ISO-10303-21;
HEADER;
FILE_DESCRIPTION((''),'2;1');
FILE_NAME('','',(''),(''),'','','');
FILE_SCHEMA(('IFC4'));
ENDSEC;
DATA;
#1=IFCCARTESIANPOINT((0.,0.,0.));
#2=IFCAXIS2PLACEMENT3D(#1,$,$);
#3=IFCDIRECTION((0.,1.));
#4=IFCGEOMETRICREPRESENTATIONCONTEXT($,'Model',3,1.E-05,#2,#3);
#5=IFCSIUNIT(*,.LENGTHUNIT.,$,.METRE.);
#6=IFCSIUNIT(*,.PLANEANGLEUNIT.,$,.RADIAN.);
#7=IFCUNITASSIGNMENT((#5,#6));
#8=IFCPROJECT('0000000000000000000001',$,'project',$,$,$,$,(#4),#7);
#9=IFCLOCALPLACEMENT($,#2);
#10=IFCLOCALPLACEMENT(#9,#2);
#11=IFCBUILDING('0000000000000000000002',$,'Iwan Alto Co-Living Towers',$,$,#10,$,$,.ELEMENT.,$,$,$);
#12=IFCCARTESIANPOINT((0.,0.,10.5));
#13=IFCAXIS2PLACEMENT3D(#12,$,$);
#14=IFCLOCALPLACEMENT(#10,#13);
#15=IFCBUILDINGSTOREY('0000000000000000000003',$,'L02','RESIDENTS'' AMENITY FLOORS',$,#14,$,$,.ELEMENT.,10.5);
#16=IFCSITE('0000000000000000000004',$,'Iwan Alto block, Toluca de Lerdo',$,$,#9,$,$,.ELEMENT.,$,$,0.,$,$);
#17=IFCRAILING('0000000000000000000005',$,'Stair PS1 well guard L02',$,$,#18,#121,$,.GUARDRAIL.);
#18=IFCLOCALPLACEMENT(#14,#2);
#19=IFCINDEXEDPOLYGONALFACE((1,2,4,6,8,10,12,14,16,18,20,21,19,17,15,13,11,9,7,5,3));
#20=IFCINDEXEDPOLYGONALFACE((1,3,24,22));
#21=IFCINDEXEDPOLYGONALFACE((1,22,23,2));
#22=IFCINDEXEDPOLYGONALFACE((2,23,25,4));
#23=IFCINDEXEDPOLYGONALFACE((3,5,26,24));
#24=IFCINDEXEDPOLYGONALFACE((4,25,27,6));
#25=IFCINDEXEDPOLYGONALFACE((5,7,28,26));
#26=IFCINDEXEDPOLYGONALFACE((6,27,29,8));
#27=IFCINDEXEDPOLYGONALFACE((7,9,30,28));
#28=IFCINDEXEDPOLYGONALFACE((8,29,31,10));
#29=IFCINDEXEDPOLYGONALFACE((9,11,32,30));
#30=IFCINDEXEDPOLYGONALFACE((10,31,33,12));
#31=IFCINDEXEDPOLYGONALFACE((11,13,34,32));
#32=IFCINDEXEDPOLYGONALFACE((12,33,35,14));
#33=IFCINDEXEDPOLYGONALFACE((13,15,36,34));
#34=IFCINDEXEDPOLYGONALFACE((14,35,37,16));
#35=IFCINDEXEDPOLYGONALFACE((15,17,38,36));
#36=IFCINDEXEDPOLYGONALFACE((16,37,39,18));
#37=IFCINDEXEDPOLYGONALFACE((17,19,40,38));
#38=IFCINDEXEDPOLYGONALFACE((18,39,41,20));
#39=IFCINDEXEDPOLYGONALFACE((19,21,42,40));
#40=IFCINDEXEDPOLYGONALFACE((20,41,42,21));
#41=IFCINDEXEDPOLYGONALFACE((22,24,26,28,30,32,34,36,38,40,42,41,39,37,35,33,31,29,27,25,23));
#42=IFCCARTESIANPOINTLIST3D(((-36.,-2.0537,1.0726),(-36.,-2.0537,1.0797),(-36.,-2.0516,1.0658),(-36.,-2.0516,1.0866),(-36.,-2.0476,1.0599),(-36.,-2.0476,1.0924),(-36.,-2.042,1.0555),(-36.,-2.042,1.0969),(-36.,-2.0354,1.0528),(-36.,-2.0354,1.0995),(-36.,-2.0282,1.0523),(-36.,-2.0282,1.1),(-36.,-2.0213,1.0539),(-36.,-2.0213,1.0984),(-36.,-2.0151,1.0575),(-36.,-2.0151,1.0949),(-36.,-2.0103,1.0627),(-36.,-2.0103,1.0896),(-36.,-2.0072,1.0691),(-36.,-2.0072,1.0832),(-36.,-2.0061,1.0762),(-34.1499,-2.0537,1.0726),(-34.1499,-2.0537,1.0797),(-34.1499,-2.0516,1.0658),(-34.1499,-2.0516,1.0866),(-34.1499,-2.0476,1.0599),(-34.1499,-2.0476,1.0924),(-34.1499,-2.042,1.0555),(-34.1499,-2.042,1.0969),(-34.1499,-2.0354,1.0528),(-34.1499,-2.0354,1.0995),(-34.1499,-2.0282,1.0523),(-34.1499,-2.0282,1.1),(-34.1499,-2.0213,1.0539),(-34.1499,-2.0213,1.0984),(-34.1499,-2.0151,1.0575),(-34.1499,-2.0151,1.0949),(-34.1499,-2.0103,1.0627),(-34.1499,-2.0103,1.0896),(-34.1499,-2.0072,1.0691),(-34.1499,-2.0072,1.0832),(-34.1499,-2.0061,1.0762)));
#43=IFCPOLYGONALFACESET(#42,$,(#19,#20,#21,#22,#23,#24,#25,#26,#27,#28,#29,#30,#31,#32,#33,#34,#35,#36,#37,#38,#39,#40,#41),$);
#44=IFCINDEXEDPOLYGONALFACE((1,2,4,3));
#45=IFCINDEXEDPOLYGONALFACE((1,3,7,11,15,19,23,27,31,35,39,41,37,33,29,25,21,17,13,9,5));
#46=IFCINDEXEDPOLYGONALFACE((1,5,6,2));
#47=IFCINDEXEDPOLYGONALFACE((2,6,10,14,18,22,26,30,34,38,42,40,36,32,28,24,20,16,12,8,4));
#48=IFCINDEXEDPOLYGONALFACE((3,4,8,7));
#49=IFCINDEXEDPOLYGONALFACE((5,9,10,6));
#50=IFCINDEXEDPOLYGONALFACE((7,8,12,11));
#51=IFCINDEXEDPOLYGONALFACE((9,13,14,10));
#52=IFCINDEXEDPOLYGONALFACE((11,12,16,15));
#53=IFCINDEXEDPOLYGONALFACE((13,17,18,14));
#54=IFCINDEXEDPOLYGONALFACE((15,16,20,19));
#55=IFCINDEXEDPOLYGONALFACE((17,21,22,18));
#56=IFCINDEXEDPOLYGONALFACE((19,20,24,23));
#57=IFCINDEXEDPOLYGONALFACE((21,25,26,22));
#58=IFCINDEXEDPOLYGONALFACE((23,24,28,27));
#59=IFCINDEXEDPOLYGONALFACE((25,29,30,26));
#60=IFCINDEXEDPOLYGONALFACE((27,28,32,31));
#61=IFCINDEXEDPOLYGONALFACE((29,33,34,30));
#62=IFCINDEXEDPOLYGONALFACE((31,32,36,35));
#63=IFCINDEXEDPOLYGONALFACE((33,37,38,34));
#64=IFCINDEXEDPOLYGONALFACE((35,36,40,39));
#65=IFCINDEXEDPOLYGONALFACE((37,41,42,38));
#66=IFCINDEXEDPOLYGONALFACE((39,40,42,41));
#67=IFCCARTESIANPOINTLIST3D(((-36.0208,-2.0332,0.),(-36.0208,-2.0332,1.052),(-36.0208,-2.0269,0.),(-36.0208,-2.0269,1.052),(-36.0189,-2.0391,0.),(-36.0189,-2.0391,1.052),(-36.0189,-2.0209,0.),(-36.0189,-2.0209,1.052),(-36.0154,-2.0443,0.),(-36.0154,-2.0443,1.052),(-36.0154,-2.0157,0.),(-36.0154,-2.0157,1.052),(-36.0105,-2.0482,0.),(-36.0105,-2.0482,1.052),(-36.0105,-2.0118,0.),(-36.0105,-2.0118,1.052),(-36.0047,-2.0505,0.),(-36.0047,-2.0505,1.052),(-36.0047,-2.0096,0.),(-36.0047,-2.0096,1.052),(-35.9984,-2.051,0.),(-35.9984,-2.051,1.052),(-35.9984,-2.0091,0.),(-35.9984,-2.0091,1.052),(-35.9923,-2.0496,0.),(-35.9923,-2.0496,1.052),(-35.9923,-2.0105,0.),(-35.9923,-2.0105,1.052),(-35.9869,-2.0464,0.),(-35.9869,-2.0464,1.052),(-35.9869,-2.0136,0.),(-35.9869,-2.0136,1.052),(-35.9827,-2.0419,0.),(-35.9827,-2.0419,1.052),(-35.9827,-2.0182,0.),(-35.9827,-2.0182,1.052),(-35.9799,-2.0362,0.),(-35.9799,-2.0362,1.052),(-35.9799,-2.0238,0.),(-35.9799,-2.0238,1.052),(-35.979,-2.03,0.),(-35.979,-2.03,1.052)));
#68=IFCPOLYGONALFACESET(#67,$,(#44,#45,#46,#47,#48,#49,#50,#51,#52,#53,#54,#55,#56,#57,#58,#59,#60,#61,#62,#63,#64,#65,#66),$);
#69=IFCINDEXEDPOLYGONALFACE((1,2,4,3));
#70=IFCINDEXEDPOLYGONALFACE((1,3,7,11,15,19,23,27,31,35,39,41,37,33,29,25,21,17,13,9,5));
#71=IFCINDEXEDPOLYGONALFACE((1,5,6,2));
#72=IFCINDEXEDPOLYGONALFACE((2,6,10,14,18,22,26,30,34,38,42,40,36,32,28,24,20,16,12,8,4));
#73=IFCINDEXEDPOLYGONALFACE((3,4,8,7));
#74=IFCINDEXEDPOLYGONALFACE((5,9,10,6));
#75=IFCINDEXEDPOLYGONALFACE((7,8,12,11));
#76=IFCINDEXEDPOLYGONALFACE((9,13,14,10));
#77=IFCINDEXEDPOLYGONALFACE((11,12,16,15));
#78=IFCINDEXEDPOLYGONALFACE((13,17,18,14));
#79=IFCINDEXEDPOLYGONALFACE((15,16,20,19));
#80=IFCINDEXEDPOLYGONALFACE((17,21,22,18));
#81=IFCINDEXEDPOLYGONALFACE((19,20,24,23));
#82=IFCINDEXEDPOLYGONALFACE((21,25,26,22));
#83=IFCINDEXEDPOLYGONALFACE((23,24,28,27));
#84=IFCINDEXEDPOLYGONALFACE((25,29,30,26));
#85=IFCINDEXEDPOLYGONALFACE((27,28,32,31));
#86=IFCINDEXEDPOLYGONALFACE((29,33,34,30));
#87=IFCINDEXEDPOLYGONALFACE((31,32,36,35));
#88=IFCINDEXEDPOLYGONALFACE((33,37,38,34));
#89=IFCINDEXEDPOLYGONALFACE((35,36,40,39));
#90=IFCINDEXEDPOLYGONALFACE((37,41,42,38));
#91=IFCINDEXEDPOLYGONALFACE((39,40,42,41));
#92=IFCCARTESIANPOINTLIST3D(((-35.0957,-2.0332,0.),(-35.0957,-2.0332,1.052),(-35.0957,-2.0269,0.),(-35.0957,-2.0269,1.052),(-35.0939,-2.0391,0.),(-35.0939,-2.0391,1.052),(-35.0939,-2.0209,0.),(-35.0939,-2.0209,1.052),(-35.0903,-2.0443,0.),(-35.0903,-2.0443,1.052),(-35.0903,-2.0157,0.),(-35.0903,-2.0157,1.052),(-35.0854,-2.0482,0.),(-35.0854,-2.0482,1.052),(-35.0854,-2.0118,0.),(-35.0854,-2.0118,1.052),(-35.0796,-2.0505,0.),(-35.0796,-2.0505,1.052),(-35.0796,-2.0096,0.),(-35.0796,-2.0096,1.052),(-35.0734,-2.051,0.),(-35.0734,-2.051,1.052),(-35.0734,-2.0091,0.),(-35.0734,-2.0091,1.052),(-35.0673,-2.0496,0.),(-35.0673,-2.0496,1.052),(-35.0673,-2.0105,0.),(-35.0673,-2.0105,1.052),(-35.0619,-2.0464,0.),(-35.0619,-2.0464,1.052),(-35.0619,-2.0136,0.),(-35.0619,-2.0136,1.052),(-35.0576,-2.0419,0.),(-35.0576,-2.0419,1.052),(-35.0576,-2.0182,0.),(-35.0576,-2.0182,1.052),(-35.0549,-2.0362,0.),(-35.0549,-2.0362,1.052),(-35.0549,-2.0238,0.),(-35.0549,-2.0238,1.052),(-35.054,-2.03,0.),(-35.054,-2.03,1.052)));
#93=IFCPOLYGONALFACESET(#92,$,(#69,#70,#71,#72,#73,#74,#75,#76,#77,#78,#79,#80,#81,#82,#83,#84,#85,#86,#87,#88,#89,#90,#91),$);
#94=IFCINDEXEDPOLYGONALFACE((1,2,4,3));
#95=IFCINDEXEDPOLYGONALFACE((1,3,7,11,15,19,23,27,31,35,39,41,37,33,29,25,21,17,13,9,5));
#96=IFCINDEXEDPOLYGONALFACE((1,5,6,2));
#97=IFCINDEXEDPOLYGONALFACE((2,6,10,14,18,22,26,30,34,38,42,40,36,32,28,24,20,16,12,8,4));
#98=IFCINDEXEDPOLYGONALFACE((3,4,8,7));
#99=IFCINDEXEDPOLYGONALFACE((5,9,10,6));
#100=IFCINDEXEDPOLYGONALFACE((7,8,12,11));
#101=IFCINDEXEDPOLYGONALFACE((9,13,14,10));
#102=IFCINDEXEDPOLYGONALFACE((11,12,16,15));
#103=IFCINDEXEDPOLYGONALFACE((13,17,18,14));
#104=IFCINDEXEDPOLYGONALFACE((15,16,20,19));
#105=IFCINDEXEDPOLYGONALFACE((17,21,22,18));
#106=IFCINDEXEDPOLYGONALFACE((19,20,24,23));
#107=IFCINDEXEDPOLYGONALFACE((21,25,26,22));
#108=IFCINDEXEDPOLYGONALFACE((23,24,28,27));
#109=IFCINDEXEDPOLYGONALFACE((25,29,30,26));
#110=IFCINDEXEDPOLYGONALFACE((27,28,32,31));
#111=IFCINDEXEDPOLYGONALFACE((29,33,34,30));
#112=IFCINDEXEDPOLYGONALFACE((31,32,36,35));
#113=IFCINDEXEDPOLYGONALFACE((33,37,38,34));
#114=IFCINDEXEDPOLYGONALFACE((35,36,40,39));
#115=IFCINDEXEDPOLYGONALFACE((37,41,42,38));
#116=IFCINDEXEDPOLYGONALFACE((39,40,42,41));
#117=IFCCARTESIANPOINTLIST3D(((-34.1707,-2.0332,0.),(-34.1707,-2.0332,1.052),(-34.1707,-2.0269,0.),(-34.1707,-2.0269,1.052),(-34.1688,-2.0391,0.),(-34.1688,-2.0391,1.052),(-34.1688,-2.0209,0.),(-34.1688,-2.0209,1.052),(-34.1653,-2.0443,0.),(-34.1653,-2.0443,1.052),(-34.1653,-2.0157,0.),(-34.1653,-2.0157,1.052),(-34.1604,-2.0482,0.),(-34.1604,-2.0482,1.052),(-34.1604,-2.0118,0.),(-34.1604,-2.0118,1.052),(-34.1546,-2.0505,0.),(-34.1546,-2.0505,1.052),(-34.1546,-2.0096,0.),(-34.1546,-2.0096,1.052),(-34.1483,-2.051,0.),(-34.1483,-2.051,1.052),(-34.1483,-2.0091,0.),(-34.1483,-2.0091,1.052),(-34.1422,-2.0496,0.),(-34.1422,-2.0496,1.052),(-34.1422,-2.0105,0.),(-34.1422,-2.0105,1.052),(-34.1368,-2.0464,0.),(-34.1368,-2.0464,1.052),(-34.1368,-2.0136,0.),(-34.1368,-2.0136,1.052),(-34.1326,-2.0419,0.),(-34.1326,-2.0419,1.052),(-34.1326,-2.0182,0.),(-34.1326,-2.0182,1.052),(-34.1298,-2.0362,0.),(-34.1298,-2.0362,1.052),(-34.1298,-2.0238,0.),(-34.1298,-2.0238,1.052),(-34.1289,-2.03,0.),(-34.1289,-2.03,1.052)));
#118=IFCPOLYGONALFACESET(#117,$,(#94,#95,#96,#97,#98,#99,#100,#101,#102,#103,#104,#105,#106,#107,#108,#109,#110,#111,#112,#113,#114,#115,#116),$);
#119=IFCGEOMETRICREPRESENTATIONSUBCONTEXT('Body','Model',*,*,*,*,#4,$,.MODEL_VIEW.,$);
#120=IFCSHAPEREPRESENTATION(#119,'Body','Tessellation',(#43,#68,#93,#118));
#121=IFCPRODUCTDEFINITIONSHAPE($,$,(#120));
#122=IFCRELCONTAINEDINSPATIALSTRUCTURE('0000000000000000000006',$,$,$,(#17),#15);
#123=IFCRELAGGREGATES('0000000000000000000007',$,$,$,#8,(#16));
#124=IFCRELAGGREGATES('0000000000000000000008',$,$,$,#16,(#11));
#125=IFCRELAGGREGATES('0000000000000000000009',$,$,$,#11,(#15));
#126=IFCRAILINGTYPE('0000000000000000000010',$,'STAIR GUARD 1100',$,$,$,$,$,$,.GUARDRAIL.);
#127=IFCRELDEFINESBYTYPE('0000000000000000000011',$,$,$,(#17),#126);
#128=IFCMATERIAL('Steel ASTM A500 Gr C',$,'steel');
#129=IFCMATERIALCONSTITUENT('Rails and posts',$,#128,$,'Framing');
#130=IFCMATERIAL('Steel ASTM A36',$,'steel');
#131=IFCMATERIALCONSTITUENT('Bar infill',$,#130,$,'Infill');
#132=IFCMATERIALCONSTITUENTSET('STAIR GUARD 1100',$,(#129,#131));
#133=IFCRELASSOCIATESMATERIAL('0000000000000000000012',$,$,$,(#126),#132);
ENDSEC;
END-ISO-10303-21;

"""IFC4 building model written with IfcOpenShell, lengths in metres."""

from ifc_helpers import new_model, si_unit, direction, frame, origin, origin_2d, place, context, subcontext, project, spatial, circle, extrude, material, constituent, constituent_set, type_object, element, save


model = new_model("IFC4")

# Units and contexts
model_context = context("Model", 3, precision=1e-05, world=origin(), true_north=direction((0.0, 1.0)))
body_context = subcontext(model_context, "Body", "Model", "MODEL_VIEW")
ifc_project = project(units=[si_unit("LENGTHUNIT", "METRE"), si_unit("PLANEANGLEUNIT", "RADIAN")], contexts=[model_context])

# Site, building, storey
site_placement = place(None, origin())
site = spatial("IfcSite", under=ifc_project, at=site_placement, Name="Iwan Alto block, Toluca de Lerdo", CompositionType="ELEMENT", RefElevation=0.0)
building_placement = place(site_placement, origin())
building = spatial("IfcBuilding", under=site, at=building_placement, Name="Iwan Alto Co-Living Towers", CompositionType="ELEMENT")
storey_placement = place(building_placement, frame((0.0, 0.0, 10.5)))
storey = spatial("IfcBuildingStorey", under=building, at=storey_placement, Name="L02", Description="RESIDENTS' AMENITY FLOORS", CompositionType="ELEMENT", Elevation=10.5)

# Railing
ifc_material_1 = material(Name="Steel ASTM A500 Gr C", Category="steel")
ifc_constituent_1 = constituent(ifc_material_1, Name="Rails and posts", Category="Framing")
ifc_material_2 = material(Name="Steel ASTM A36", Category="steel")
ifc_constituent_2 = constituent(ifc_material_2, Name="Bar infill", Category="Infill")
ifc_constituent_set = constituent_set(constituents=[ifc_constituent_1, ifc_constituent_2], Name="STAIR GUARD 1100")
railing_type = type_object("IfcRailingType", Name="STAIR GUARD 1100", PredefinedType="GUARDRAIL", material=ifc_constituent_set)
railing_placement = place(storey_placement, frame((-36.0, -2.03, 0.0)))
element("IfcRailing", 1, at=railing_placement, inside=storey, type_object=railing_type, Name="Stair PS1 well guard L02", PredefinedType="GUARDRAIL", context=body_context, shape_type="SweptSolid", body=[
    extrude(circle(Radius=0.0239, at=origin_2d()), frame((0.0, 0.0, 1.0762), z_axis=(1.0, 0.0, 0.0), x_axis=(0.0, 1.0, 0.0)), (0.0, 0.0, 1.0), 1.8501),
    extrude(circle(Radius=0.021, at=origin_2d()), origin(), (0.0, 0.0, 1.0), 1.052),
    extrude(circle(Radius=0.021, at=origin_2d()), frame((0.925, 0.0, 0.0)), (0.0, 0.0, 1.0), 1.052),
    extrude(circle(Radius=0.021, at=origin_2d()), frame((1.8501, 0.0, 0.0)), (0.0, 0.0, 1.0), 1.052),
])

save(model, "model.ifc")
